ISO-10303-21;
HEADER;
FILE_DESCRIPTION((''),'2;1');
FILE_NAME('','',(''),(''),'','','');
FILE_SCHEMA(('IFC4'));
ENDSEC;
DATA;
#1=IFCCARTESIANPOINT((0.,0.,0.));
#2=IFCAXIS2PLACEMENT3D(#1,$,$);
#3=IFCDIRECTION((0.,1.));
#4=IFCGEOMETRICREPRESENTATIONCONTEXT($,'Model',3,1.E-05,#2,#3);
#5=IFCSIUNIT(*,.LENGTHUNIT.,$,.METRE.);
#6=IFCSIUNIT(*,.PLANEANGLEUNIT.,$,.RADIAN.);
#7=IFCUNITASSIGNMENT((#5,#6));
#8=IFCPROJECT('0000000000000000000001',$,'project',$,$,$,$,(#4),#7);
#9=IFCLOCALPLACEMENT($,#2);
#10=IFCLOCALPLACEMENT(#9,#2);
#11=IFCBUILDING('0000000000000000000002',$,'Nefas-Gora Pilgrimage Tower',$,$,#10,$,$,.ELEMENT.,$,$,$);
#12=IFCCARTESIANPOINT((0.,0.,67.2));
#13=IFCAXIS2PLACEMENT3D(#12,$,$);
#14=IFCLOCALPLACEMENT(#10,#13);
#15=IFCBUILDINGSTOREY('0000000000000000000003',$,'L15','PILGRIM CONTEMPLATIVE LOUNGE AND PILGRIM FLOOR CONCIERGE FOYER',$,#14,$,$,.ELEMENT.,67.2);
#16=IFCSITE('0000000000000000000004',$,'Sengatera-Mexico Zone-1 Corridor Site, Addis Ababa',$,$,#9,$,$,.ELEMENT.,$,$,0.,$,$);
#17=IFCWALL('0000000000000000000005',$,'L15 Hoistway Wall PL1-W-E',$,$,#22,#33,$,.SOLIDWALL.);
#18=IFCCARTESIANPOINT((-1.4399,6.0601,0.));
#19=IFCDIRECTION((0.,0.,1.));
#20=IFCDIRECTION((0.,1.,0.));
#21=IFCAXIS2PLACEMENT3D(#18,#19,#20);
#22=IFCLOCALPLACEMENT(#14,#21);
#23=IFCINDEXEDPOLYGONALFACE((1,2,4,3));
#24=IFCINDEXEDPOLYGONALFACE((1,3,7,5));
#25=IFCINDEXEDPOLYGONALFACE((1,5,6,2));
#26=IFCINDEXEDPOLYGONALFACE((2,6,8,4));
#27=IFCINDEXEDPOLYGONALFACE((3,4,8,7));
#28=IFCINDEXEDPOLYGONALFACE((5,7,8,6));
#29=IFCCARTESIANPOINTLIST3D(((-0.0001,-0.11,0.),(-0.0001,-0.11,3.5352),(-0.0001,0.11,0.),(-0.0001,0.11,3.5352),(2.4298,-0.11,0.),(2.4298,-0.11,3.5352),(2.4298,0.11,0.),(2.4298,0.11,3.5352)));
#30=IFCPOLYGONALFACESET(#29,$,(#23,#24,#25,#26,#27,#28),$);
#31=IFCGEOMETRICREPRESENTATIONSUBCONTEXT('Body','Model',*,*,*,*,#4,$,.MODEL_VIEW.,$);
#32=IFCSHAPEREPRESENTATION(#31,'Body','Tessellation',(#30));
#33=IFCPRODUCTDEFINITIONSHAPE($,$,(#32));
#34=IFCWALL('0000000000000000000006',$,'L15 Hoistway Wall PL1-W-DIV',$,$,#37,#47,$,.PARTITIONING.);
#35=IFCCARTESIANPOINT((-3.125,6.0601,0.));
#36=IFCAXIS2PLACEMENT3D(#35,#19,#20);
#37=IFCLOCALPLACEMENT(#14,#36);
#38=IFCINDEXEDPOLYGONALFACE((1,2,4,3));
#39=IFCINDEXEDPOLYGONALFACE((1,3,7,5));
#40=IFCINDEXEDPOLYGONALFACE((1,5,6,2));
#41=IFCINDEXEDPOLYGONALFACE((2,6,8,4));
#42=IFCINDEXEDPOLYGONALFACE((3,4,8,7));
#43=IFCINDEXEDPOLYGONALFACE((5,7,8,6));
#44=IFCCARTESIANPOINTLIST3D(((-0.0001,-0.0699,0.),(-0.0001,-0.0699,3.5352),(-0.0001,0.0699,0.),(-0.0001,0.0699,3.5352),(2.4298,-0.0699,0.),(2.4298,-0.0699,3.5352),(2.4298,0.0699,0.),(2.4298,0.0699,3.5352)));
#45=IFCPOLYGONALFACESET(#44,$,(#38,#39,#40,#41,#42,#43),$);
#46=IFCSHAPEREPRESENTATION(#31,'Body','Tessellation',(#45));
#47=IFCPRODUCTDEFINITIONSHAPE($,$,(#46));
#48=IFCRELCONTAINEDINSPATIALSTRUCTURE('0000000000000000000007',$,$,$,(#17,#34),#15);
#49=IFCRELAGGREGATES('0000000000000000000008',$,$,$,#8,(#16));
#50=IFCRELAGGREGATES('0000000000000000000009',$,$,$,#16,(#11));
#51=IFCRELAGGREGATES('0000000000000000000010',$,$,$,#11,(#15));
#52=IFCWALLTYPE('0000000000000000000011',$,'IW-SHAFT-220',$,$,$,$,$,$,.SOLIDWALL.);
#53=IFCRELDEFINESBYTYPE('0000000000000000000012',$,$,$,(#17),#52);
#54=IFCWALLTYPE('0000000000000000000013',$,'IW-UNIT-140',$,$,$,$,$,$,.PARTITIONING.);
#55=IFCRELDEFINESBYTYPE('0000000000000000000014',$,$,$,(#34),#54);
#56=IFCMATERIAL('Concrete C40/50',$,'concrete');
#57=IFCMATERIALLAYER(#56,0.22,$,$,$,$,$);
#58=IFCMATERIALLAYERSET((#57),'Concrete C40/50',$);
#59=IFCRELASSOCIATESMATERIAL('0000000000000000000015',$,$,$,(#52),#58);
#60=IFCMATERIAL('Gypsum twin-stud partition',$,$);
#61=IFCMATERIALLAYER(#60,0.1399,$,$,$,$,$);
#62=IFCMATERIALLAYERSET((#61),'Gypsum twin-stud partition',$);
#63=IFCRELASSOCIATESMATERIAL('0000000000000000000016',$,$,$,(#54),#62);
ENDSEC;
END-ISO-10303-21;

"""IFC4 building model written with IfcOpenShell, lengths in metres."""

from ifc_helpers import new_model, si_unit, direction, frame, frame_2d, origin, place, context, subcontext, project, spatial, rectangle, extrude, source, transform, mapped, material, layer, layer_set, type_object, element, save


model = new_model("IFC4")

# Units and contexts
model_context = context("Model", 3, precision=1e-05, world=origin(), true_north=direction((0.0, 1.0)))
body_context = subcontext(model_context, "Body", "Model", "MODEL_VIEW")
ifc_project = project(units=[si_unit("LENGTHUNIT", "METRE"), si_unit("PLANEANGLEUNIT", "RADIAN")], contexts=[model_context])

# Site, building, storey
site_placement = place(None, origin())
site = spatial("IfcSite", under=ifc_project, at=site_placement, Name="Sengatera-Mexico Zone-1 Corridor Site, Addis Ababa", CompositionType="ELEMENT", RefElevation=0.0)
building_placement = place(site_placement, origin())
building = spatial("IfcBuilding", under=site, at=building_placement, Name="Nefas-Gora Pilgrimage Tower", CompositionType="ELEMENT")
storey_placement = place(building_placement, frame((0.0, 0.0, 67.2)))
storey = spatial("IfcBuildingStorey", under=building, at=storey_placement, Name="L15", Description="PILGRIM CONTEMPLATIVE LOUNGE AND PILGRIM FLOOR CONCIERGE FOYER", CompositionType="ELEMENT", Elevation=67.2)

# Shared definitions
ifc_material_1 = material(Name="Concrete C40/50", Category="concrete")

# Walls
ifc_layer_1 = layer(ifc_material_1, 0.22)
ifc_layer_set_1 = layer_set([ifc_layer_1], Name="Concrete C40/50")
wall_type_1 = type_object("IfcWallType", Name="IW-SHAFT-220", PredefinedType="SOLIDWALL", material=ifc_layer_set_1)
shared_shape_1 = source(origin(), body_context, "Body", "SweptSolid", [
    extrude(rectangle(XDim=2.4299, YDim=0.22, at=frame_2d((1.2148, 0.0))), origin(), (0.0, 0.0, 1.0), 3.5352),
])
wall_1_placement = place(storey_placement, frame((-1.4399, 6.0601, 0.0), z_axis=(0.0, 0.0, 1.0), x_axis=(0.0, 1.0, 0.0)))
element("IfcWall", 1, at=wall_1_placement, inside=storey, type_object=wall_type_1, Name="L15 Hoistway Wall PL1-W-E", PredefinedType="SOLIDWALL", context=body_context, shape_type="MappedRepresentation", body=[
    mapped(shared_shape_1, transform((0.0, 0.0, 0.0), x_axis=(1.0, 0.0, 0.0), y_axis=(0.0, 1.0, 0.0), z_axis=(0.0, 0.0, 1.0), scale=1.0)),
])
ifc_material_2 = material(Name="Gypsum twin-stud partition")
ifc_layer_2 = layer(ifc_material_2, 0.1399)
ifc_layer_set_2 = layer_set([ifc_layer_2], Name="Gypsum twin-stud partition")
wall_type_2 = type_object("IfcWallType", Name="IW-UNIT-140", PredefinedType="PARTITIONING", material=ifc_layer_set_2)
shared_shape_2 = source(origin(), body_context, "Body", "SweptSolid", [
    extrude(rectangle(XDim=2.4299, YDim=0.1399, at=frame_2d((1.2148, 0.0))), origin(), (0.0, 0.0, 1.0), 3.5352),
])
wall_2_placement = place(storey_placement, frame((-3.125, 6.0601, 0.0), z_axis=(0.0, 0.0, 1.0), x_axis=(0.0, 1.0, 0.0)))
element("IfcWall", 2, at=wall_2_placement, inside=storey, type_object=wall_type_2, Name="L15 Hoistway Wall PL1-W-DIV", PredefinedType="PARTITIONING", context=body_context, shape_type="MappedRepresentation", body=[
    mapped(shared_shape_2, transform((0.0, 0.0, 0.0), x_axis=(1.0, 0.0, 0.0), y_axis=(0.0, 1.0, 0.0), z_axis=(0.0, 0.0, 1.0), scale=1.0)),
])

save(model, "model.ifc")
